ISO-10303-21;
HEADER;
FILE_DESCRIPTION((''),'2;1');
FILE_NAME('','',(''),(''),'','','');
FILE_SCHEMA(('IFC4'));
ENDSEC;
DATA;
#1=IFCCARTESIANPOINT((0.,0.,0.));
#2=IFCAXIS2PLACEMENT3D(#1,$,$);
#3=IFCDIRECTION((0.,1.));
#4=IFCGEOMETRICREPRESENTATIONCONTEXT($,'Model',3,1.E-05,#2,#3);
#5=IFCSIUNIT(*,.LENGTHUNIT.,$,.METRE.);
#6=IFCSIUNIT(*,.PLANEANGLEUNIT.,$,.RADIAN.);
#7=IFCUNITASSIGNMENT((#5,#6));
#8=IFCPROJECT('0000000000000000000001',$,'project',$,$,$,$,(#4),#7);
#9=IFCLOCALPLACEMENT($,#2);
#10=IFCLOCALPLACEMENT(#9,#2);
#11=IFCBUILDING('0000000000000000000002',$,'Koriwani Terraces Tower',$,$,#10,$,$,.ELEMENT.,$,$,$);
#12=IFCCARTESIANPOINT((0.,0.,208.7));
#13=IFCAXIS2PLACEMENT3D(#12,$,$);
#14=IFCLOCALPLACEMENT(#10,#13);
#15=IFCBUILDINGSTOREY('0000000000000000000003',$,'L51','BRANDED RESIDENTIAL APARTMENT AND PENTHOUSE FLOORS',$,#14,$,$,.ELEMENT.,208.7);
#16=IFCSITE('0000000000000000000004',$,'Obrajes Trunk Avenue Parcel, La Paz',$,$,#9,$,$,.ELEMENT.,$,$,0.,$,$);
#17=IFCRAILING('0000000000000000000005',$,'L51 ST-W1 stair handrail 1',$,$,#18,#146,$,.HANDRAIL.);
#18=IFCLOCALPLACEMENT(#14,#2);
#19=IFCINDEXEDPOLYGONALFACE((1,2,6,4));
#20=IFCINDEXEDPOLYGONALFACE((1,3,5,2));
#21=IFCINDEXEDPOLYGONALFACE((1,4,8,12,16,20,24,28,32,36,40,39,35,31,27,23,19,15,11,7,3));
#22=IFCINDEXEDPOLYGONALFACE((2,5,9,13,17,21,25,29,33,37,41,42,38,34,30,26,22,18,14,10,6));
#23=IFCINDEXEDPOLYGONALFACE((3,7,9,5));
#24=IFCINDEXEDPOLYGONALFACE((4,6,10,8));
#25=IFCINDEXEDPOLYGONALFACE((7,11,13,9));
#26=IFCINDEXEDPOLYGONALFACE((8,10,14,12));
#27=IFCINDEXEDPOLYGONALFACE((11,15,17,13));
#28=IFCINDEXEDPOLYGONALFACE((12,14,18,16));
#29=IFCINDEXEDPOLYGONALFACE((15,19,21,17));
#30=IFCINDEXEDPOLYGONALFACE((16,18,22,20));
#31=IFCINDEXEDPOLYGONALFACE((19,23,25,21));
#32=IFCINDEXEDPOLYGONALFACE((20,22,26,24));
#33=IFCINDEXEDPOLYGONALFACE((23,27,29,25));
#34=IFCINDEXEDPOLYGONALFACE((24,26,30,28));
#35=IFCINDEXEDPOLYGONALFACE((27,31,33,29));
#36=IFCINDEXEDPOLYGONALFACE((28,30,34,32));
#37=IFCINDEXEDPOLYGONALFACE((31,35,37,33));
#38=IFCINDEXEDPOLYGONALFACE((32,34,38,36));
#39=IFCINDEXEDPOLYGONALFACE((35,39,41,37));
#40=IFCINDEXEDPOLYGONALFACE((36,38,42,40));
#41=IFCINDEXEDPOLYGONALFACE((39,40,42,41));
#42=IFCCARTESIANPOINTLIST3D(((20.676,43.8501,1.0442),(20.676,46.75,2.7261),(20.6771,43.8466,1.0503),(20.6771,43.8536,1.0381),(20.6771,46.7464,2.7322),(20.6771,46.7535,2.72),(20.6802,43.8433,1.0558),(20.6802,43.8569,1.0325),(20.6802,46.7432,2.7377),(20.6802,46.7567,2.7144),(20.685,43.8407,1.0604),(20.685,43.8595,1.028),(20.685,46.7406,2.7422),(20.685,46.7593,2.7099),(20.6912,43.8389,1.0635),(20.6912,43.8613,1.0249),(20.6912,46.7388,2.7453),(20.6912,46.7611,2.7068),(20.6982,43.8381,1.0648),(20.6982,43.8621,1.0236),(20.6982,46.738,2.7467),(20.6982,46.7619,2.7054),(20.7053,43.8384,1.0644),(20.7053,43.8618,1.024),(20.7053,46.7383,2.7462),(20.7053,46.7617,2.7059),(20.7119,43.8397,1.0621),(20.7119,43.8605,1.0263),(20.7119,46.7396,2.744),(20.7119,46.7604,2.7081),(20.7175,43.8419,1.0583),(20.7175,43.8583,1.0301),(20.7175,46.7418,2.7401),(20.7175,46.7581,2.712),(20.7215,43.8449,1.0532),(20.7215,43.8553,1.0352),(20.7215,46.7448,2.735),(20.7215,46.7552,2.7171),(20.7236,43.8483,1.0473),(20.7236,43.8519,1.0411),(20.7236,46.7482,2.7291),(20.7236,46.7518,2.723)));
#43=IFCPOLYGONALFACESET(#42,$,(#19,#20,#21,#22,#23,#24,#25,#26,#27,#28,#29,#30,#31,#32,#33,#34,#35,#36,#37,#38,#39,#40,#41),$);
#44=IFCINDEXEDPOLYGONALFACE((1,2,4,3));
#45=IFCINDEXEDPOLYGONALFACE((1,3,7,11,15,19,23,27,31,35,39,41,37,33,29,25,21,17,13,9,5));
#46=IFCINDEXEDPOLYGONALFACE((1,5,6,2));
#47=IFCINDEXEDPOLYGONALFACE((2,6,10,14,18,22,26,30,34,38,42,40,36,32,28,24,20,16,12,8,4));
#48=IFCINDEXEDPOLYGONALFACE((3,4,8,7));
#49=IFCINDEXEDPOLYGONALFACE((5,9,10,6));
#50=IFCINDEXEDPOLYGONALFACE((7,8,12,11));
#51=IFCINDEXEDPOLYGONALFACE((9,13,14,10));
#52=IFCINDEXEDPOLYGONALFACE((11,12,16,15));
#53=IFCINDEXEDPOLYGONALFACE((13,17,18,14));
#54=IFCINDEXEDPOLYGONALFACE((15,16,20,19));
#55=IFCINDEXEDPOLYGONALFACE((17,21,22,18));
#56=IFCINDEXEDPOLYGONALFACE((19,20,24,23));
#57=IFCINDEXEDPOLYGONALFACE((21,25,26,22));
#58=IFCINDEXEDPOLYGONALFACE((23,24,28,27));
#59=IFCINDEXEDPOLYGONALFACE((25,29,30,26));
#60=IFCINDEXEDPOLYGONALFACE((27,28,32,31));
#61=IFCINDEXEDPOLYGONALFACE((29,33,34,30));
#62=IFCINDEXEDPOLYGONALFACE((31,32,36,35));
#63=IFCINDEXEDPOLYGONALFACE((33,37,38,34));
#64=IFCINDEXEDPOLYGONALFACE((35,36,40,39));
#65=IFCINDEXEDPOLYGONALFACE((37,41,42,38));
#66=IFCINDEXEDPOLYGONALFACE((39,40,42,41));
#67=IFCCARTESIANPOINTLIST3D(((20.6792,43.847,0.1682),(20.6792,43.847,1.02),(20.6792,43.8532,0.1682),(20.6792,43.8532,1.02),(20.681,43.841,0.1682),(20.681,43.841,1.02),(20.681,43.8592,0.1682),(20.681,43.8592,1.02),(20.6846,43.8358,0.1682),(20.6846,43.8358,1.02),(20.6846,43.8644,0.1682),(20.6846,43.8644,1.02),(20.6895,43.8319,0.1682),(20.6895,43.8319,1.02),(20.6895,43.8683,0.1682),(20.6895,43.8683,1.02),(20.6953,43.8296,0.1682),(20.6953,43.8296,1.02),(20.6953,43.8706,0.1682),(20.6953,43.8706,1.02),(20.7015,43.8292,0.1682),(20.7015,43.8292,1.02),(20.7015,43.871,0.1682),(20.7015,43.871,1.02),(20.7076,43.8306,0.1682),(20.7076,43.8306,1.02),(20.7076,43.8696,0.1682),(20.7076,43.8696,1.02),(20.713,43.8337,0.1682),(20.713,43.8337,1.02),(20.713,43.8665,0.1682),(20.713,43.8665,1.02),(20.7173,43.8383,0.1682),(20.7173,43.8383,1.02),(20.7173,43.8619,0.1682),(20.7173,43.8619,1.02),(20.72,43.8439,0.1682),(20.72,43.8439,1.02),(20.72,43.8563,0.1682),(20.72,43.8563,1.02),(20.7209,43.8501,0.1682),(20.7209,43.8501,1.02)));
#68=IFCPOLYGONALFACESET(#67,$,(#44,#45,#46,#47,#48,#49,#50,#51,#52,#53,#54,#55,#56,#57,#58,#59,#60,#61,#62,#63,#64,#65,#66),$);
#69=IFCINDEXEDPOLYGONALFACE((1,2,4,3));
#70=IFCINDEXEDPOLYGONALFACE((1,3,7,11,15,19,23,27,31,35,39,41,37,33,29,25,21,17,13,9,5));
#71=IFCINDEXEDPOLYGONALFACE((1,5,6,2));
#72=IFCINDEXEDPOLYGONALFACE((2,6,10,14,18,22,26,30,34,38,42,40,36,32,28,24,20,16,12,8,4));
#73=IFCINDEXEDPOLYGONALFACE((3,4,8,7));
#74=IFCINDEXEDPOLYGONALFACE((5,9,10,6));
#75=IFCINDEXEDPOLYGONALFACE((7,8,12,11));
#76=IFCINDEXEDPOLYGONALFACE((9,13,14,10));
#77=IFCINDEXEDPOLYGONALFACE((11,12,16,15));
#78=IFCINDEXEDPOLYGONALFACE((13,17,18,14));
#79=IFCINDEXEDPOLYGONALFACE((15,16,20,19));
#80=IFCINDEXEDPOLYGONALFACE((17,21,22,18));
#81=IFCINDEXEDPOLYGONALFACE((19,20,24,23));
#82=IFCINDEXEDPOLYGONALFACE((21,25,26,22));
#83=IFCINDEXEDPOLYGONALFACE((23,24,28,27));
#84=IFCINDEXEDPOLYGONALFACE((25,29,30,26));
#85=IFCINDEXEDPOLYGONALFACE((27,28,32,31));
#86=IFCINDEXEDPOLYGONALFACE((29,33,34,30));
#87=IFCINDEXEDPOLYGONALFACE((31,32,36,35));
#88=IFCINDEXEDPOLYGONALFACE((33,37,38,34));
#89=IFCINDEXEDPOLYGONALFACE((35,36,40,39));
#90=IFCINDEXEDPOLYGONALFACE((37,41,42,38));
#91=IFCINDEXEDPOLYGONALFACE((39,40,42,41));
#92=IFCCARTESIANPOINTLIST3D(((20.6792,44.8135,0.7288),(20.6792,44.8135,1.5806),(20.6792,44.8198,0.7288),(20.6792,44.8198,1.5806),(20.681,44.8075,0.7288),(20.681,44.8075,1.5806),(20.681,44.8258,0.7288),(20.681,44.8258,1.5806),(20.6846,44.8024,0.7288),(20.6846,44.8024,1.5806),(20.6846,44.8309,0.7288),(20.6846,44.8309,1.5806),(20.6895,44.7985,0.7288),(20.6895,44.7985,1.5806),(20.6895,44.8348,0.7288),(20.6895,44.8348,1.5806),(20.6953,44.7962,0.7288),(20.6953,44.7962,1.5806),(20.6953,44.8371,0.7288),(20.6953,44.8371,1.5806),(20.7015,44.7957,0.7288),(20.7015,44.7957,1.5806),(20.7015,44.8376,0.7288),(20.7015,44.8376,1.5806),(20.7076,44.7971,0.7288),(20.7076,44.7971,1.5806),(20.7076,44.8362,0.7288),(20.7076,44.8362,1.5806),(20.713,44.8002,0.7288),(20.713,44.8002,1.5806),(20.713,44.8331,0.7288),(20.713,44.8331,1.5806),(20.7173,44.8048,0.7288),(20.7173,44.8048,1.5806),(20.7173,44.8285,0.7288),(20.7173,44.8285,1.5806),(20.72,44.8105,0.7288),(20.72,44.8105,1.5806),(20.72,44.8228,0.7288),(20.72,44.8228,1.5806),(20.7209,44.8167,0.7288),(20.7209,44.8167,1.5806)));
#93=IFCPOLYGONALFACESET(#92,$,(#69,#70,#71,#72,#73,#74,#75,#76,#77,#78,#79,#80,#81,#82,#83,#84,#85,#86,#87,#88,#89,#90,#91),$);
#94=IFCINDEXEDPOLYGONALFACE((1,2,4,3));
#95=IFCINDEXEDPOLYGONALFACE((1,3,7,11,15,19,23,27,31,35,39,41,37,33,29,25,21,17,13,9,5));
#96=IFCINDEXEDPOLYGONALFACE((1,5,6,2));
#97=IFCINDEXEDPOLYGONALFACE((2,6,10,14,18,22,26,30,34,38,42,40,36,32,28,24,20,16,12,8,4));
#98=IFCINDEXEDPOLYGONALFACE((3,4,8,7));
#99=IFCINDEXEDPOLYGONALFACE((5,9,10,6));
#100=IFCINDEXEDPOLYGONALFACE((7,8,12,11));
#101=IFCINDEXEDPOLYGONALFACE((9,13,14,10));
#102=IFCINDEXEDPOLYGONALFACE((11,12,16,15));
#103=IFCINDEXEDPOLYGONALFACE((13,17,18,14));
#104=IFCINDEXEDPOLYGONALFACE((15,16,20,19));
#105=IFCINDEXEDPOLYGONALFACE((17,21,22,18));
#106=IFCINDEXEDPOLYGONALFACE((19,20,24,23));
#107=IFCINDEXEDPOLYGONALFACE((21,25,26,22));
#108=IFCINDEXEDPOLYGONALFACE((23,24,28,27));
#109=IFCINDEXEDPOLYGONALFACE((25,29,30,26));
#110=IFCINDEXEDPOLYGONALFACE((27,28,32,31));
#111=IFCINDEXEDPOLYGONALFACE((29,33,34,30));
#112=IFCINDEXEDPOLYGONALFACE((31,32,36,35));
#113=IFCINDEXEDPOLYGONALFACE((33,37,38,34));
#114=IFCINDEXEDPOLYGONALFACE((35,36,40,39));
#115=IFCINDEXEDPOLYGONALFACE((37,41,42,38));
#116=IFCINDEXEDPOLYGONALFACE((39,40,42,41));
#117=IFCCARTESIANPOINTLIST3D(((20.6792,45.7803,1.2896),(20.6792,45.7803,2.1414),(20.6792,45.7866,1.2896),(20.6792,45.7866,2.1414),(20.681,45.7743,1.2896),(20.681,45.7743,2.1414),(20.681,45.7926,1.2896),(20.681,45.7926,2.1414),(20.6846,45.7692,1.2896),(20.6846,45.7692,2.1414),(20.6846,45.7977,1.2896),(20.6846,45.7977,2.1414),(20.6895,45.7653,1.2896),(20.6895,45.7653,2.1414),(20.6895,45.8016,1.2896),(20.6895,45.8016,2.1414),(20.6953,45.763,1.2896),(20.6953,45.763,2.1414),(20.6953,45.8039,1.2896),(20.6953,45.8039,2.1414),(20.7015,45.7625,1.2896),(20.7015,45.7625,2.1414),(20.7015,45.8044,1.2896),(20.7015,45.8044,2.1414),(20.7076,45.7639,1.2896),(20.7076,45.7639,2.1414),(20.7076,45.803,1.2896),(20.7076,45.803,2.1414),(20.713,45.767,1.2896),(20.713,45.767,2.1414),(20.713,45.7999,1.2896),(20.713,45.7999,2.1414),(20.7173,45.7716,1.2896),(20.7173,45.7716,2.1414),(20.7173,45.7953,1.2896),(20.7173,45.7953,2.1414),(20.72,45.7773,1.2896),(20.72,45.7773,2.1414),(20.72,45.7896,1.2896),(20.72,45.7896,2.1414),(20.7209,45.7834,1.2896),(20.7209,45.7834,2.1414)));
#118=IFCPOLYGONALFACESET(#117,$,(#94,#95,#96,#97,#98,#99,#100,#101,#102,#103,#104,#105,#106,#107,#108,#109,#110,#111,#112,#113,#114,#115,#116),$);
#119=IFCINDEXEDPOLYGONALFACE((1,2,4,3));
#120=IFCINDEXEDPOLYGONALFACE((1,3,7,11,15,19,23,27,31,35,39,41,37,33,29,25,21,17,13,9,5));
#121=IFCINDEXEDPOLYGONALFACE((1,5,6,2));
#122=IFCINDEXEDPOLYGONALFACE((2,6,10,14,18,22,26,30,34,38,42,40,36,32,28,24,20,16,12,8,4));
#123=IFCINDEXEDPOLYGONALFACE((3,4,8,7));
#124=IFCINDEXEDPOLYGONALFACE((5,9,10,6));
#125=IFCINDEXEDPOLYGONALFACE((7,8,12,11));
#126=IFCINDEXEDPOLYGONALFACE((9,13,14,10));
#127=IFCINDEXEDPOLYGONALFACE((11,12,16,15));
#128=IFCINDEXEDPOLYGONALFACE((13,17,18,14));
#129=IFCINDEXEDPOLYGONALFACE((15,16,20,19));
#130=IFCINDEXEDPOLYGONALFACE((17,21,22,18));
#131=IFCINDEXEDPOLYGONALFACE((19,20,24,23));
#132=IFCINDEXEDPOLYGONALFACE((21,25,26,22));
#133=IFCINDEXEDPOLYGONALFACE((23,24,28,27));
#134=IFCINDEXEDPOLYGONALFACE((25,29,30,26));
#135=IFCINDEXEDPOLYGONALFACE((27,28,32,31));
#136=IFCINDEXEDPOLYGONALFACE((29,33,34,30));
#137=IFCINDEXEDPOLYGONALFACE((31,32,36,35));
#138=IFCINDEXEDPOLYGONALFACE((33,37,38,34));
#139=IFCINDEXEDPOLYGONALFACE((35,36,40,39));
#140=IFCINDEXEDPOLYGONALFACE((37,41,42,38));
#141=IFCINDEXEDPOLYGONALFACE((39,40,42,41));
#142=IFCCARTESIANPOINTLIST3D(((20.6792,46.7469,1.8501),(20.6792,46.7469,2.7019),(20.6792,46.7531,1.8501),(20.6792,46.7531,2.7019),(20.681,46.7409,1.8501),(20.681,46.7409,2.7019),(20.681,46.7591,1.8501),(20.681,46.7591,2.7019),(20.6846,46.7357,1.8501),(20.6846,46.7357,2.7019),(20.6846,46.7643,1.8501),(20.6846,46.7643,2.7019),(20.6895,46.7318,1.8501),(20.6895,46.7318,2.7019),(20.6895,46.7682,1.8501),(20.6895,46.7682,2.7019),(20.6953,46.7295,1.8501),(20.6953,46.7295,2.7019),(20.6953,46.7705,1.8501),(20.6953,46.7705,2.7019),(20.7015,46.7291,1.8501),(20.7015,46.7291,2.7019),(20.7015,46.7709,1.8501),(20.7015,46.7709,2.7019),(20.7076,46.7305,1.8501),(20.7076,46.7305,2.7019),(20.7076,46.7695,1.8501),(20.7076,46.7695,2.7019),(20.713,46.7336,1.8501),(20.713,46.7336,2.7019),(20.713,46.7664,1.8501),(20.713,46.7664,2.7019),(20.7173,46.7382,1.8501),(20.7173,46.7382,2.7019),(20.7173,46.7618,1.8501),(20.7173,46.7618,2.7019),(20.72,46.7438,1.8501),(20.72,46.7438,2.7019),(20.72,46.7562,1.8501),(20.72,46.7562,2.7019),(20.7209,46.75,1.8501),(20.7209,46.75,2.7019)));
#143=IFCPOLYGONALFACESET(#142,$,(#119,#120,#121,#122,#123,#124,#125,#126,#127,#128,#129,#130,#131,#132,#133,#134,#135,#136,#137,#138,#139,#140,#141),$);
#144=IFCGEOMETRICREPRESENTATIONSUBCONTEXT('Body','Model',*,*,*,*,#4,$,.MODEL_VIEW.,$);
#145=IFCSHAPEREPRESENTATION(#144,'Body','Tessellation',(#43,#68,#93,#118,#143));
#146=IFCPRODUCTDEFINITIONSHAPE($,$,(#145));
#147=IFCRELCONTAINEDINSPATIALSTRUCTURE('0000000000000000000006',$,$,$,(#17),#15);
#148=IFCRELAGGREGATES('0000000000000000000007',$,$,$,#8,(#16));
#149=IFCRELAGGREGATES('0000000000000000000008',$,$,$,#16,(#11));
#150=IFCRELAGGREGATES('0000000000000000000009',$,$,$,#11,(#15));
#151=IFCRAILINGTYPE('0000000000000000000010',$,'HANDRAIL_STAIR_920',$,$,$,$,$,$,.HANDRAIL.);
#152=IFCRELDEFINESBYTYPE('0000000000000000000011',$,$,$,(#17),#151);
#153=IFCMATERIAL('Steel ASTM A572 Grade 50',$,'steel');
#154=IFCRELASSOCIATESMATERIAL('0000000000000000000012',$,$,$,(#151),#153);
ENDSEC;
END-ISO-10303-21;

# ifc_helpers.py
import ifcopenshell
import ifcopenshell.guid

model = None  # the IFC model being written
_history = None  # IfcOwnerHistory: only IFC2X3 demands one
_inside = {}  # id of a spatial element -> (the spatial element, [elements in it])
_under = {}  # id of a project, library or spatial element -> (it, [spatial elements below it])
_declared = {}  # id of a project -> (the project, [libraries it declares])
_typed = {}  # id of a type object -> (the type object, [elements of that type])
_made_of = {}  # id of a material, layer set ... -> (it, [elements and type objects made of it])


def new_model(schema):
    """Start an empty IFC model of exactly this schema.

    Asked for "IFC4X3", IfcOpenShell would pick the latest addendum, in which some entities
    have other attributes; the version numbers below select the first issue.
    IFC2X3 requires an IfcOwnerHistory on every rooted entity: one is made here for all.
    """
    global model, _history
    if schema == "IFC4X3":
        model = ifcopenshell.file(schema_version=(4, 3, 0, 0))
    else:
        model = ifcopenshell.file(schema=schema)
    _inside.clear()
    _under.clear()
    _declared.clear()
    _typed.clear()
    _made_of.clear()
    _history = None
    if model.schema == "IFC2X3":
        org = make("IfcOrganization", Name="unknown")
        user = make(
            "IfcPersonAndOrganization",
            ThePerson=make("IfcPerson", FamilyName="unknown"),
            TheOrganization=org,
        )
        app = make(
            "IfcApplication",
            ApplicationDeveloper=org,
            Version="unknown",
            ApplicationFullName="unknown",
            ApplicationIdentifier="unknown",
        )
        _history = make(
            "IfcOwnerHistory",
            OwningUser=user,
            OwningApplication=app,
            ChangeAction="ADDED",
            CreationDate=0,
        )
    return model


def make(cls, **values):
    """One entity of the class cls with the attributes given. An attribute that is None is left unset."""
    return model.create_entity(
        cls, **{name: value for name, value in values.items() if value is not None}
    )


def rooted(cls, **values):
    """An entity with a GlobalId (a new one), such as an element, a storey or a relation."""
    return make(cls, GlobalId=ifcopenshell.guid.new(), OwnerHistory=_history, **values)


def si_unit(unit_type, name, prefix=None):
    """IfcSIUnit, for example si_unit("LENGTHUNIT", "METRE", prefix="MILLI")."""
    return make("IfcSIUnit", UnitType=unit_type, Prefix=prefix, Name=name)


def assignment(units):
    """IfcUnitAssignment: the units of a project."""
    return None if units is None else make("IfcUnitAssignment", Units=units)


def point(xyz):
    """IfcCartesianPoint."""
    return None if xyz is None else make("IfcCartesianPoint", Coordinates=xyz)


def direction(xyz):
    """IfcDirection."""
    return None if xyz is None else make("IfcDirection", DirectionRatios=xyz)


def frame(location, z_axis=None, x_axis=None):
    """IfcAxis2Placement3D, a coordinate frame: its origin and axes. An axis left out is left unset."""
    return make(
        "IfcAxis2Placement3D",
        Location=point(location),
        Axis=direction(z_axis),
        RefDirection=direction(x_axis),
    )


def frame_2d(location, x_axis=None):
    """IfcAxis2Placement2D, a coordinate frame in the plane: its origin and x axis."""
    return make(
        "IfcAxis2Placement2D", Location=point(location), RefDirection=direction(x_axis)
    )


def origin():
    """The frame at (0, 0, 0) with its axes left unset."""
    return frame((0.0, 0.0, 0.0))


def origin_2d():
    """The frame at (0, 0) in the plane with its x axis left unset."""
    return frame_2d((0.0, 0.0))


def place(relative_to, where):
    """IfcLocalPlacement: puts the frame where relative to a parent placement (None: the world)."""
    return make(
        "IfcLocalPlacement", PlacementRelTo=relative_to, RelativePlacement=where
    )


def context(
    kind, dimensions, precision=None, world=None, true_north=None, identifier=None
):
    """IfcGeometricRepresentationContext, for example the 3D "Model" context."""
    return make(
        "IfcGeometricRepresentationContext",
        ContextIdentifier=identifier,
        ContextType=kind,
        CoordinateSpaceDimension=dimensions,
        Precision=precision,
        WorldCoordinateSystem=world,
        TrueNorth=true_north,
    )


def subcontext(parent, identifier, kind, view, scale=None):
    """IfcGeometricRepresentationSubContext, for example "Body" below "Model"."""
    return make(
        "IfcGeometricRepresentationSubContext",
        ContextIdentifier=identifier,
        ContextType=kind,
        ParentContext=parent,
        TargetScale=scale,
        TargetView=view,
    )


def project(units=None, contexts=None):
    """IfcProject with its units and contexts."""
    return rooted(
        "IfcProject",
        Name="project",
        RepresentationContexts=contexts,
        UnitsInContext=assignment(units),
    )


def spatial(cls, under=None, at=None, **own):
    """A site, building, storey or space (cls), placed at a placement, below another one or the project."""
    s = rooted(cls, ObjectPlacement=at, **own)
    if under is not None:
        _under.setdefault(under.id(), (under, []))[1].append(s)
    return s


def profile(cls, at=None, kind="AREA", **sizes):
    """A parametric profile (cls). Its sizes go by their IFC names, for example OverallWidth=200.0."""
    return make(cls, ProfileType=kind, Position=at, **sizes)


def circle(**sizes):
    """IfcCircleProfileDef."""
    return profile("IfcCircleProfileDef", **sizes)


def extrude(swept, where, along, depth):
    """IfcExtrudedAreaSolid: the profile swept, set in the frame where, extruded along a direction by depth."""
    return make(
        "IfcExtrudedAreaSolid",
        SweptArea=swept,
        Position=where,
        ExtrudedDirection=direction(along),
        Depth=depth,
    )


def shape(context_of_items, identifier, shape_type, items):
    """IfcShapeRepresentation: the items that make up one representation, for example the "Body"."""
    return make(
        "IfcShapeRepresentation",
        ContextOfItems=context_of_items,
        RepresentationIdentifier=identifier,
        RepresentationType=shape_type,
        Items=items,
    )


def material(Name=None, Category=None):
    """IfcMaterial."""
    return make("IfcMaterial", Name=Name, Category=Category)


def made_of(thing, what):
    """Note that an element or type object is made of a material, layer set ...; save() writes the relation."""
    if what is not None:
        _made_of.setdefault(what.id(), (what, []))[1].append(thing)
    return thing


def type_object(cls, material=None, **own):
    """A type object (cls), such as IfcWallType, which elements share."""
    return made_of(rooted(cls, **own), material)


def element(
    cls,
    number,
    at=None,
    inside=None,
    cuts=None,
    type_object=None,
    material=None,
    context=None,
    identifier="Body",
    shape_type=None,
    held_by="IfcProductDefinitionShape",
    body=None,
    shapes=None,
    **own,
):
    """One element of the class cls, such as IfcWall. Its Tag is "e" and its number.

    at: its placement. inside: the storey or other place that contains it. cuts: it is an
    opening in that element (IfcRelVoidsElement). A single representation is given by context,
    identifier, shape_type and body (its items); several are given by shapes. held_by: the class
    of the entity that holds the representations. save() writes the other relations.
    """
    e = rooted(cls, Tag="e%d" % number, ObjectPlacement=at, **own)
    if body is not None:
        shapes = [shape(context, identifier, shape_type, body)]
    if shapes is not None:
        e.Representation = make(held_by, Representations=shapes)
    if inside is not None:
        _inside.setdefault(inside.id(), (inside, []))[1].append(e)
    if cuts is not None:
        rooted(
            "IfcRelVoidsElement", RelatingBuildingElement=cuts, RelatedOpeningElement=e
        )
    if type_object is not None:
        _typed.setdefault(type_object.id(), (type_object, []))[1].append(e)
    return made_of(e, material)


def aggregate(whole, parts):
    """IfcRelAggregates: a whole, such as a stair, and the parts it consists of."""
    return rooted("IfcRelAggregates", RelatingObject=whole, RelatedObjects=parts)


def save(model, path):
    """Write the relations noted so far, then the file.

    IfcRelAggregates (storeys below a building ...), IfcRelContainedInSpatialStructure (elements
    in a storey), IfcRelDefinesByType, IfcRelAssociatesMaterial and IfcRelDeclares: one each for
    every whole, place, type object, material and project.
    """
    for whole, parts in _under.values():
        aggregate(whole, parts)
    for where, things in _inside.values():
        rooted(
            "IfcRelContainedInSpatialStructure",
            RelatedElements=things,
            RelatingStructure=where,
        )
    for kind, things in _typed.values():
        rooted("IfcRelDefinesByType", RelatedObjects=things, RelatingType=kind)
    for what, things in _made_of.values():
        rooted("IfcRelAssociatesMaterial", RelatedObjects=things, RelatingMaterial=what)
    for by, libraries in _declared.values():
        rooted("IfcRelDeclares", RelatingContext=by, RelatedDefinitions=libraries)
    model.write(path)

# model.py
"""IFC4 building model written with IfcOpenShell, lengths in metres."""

from ifc_helpers import new_model, si_unit, direction, frame, origin, origin_2d, place, context, subcontext, project, spatial, circle, extrude, material, type_object, element, save


model = new_model("IFC4")

# Units and contexts
model_context = context("Model", 3, precision=1e-05, world=origin(), true_north=direction((0.0, 1.0)))
body_context = subcontext(model_context, "Body", "Model", "MODEL_VIEW")
ifc_project = project(units=[si_unit("LENGTHUNIT", "METRE"), si_unit("PLANEANGLEUNIT", "RADIAN")], contexts=[model_context])

# Site, building, storey
site_placement = place(None, origin())
site = spatial("IfcSite", under=ifc_project, at=site_placement, Name="Obrajes Trunk Avenue Parcel, La Paz", CompositionType="ELEMENT", RefElevation=0.0)
building_placement = place(site_placement, origin())
building = spatial("IfcBuilding", under=site, at=building_placement, Name="Koriwani Terraces Tower", CompositionType="ELEMENT")
storey_placement = place(building_placement, frame((0.0, 0.0, 208.7)))
storey = spatial("IfcBuildingStorey", under=building, at=storey_placement, Name="L51", Description="BRANDED RESIDENTIAL APARTMENT AND PENTHOUSE FLOORS", CompositionType="ELEMENT", Elevation=208.7)

# Shared definitions
ifc_material_1 = material(Name="Steel ASTM A572 Grade 50", Category="steel")

# Railing
railing_type_1 = type_object("IfcRailingType", Name="HANDRAIL_STAIR_920", PredefinedType="HANDRAIL", material=ifc_material_1)
railing_1_placement = place(storey_placement, frame((20.7, 43.8501, 0.1682)))
element("IfcRailing", 1, at=railing_1_placement, inside=storey, type_object=railing_type_1, Name="L51 ST-W1 stair handrail 1", PredefinedType="HANDRAIL", context=body_context, shape_type="SweptSolid", body=[
    extrude(circle(Radius=0.0239, at=origin_2d()), frame((0.0, 0.0, 0.876), z_axis=(0.0, 0.865039, 0.501705), x_axis=(-1.0, 0.0, 0.0)), (0.0, 0.0, 1.0), 3.3523),
    extrude(circle(Radius=0.021, at=origin_2d()), origin(), (0.0, 0.0, 1.0), 0.8518),
    extrude(circle(Radius=0.021, at=origin_2d()), frame((0.0, 0.9666, 0.5605)), (0.0, 0.0, 1.0), 0.8518),
    extrude(circle(Radius=0.021, at=origin_2d()), frame((0.0, 1.9333, 1.1213)), (0.0, 0.0, 1.0), 0.8518),
    extrude(circle(Radius=0.021, at=origin_2d()), frame((0.0, 2.8999, 1.6819)), (0.0, 0.0, 1.0), 0.8518),
])

save(model, "model.ifc")
